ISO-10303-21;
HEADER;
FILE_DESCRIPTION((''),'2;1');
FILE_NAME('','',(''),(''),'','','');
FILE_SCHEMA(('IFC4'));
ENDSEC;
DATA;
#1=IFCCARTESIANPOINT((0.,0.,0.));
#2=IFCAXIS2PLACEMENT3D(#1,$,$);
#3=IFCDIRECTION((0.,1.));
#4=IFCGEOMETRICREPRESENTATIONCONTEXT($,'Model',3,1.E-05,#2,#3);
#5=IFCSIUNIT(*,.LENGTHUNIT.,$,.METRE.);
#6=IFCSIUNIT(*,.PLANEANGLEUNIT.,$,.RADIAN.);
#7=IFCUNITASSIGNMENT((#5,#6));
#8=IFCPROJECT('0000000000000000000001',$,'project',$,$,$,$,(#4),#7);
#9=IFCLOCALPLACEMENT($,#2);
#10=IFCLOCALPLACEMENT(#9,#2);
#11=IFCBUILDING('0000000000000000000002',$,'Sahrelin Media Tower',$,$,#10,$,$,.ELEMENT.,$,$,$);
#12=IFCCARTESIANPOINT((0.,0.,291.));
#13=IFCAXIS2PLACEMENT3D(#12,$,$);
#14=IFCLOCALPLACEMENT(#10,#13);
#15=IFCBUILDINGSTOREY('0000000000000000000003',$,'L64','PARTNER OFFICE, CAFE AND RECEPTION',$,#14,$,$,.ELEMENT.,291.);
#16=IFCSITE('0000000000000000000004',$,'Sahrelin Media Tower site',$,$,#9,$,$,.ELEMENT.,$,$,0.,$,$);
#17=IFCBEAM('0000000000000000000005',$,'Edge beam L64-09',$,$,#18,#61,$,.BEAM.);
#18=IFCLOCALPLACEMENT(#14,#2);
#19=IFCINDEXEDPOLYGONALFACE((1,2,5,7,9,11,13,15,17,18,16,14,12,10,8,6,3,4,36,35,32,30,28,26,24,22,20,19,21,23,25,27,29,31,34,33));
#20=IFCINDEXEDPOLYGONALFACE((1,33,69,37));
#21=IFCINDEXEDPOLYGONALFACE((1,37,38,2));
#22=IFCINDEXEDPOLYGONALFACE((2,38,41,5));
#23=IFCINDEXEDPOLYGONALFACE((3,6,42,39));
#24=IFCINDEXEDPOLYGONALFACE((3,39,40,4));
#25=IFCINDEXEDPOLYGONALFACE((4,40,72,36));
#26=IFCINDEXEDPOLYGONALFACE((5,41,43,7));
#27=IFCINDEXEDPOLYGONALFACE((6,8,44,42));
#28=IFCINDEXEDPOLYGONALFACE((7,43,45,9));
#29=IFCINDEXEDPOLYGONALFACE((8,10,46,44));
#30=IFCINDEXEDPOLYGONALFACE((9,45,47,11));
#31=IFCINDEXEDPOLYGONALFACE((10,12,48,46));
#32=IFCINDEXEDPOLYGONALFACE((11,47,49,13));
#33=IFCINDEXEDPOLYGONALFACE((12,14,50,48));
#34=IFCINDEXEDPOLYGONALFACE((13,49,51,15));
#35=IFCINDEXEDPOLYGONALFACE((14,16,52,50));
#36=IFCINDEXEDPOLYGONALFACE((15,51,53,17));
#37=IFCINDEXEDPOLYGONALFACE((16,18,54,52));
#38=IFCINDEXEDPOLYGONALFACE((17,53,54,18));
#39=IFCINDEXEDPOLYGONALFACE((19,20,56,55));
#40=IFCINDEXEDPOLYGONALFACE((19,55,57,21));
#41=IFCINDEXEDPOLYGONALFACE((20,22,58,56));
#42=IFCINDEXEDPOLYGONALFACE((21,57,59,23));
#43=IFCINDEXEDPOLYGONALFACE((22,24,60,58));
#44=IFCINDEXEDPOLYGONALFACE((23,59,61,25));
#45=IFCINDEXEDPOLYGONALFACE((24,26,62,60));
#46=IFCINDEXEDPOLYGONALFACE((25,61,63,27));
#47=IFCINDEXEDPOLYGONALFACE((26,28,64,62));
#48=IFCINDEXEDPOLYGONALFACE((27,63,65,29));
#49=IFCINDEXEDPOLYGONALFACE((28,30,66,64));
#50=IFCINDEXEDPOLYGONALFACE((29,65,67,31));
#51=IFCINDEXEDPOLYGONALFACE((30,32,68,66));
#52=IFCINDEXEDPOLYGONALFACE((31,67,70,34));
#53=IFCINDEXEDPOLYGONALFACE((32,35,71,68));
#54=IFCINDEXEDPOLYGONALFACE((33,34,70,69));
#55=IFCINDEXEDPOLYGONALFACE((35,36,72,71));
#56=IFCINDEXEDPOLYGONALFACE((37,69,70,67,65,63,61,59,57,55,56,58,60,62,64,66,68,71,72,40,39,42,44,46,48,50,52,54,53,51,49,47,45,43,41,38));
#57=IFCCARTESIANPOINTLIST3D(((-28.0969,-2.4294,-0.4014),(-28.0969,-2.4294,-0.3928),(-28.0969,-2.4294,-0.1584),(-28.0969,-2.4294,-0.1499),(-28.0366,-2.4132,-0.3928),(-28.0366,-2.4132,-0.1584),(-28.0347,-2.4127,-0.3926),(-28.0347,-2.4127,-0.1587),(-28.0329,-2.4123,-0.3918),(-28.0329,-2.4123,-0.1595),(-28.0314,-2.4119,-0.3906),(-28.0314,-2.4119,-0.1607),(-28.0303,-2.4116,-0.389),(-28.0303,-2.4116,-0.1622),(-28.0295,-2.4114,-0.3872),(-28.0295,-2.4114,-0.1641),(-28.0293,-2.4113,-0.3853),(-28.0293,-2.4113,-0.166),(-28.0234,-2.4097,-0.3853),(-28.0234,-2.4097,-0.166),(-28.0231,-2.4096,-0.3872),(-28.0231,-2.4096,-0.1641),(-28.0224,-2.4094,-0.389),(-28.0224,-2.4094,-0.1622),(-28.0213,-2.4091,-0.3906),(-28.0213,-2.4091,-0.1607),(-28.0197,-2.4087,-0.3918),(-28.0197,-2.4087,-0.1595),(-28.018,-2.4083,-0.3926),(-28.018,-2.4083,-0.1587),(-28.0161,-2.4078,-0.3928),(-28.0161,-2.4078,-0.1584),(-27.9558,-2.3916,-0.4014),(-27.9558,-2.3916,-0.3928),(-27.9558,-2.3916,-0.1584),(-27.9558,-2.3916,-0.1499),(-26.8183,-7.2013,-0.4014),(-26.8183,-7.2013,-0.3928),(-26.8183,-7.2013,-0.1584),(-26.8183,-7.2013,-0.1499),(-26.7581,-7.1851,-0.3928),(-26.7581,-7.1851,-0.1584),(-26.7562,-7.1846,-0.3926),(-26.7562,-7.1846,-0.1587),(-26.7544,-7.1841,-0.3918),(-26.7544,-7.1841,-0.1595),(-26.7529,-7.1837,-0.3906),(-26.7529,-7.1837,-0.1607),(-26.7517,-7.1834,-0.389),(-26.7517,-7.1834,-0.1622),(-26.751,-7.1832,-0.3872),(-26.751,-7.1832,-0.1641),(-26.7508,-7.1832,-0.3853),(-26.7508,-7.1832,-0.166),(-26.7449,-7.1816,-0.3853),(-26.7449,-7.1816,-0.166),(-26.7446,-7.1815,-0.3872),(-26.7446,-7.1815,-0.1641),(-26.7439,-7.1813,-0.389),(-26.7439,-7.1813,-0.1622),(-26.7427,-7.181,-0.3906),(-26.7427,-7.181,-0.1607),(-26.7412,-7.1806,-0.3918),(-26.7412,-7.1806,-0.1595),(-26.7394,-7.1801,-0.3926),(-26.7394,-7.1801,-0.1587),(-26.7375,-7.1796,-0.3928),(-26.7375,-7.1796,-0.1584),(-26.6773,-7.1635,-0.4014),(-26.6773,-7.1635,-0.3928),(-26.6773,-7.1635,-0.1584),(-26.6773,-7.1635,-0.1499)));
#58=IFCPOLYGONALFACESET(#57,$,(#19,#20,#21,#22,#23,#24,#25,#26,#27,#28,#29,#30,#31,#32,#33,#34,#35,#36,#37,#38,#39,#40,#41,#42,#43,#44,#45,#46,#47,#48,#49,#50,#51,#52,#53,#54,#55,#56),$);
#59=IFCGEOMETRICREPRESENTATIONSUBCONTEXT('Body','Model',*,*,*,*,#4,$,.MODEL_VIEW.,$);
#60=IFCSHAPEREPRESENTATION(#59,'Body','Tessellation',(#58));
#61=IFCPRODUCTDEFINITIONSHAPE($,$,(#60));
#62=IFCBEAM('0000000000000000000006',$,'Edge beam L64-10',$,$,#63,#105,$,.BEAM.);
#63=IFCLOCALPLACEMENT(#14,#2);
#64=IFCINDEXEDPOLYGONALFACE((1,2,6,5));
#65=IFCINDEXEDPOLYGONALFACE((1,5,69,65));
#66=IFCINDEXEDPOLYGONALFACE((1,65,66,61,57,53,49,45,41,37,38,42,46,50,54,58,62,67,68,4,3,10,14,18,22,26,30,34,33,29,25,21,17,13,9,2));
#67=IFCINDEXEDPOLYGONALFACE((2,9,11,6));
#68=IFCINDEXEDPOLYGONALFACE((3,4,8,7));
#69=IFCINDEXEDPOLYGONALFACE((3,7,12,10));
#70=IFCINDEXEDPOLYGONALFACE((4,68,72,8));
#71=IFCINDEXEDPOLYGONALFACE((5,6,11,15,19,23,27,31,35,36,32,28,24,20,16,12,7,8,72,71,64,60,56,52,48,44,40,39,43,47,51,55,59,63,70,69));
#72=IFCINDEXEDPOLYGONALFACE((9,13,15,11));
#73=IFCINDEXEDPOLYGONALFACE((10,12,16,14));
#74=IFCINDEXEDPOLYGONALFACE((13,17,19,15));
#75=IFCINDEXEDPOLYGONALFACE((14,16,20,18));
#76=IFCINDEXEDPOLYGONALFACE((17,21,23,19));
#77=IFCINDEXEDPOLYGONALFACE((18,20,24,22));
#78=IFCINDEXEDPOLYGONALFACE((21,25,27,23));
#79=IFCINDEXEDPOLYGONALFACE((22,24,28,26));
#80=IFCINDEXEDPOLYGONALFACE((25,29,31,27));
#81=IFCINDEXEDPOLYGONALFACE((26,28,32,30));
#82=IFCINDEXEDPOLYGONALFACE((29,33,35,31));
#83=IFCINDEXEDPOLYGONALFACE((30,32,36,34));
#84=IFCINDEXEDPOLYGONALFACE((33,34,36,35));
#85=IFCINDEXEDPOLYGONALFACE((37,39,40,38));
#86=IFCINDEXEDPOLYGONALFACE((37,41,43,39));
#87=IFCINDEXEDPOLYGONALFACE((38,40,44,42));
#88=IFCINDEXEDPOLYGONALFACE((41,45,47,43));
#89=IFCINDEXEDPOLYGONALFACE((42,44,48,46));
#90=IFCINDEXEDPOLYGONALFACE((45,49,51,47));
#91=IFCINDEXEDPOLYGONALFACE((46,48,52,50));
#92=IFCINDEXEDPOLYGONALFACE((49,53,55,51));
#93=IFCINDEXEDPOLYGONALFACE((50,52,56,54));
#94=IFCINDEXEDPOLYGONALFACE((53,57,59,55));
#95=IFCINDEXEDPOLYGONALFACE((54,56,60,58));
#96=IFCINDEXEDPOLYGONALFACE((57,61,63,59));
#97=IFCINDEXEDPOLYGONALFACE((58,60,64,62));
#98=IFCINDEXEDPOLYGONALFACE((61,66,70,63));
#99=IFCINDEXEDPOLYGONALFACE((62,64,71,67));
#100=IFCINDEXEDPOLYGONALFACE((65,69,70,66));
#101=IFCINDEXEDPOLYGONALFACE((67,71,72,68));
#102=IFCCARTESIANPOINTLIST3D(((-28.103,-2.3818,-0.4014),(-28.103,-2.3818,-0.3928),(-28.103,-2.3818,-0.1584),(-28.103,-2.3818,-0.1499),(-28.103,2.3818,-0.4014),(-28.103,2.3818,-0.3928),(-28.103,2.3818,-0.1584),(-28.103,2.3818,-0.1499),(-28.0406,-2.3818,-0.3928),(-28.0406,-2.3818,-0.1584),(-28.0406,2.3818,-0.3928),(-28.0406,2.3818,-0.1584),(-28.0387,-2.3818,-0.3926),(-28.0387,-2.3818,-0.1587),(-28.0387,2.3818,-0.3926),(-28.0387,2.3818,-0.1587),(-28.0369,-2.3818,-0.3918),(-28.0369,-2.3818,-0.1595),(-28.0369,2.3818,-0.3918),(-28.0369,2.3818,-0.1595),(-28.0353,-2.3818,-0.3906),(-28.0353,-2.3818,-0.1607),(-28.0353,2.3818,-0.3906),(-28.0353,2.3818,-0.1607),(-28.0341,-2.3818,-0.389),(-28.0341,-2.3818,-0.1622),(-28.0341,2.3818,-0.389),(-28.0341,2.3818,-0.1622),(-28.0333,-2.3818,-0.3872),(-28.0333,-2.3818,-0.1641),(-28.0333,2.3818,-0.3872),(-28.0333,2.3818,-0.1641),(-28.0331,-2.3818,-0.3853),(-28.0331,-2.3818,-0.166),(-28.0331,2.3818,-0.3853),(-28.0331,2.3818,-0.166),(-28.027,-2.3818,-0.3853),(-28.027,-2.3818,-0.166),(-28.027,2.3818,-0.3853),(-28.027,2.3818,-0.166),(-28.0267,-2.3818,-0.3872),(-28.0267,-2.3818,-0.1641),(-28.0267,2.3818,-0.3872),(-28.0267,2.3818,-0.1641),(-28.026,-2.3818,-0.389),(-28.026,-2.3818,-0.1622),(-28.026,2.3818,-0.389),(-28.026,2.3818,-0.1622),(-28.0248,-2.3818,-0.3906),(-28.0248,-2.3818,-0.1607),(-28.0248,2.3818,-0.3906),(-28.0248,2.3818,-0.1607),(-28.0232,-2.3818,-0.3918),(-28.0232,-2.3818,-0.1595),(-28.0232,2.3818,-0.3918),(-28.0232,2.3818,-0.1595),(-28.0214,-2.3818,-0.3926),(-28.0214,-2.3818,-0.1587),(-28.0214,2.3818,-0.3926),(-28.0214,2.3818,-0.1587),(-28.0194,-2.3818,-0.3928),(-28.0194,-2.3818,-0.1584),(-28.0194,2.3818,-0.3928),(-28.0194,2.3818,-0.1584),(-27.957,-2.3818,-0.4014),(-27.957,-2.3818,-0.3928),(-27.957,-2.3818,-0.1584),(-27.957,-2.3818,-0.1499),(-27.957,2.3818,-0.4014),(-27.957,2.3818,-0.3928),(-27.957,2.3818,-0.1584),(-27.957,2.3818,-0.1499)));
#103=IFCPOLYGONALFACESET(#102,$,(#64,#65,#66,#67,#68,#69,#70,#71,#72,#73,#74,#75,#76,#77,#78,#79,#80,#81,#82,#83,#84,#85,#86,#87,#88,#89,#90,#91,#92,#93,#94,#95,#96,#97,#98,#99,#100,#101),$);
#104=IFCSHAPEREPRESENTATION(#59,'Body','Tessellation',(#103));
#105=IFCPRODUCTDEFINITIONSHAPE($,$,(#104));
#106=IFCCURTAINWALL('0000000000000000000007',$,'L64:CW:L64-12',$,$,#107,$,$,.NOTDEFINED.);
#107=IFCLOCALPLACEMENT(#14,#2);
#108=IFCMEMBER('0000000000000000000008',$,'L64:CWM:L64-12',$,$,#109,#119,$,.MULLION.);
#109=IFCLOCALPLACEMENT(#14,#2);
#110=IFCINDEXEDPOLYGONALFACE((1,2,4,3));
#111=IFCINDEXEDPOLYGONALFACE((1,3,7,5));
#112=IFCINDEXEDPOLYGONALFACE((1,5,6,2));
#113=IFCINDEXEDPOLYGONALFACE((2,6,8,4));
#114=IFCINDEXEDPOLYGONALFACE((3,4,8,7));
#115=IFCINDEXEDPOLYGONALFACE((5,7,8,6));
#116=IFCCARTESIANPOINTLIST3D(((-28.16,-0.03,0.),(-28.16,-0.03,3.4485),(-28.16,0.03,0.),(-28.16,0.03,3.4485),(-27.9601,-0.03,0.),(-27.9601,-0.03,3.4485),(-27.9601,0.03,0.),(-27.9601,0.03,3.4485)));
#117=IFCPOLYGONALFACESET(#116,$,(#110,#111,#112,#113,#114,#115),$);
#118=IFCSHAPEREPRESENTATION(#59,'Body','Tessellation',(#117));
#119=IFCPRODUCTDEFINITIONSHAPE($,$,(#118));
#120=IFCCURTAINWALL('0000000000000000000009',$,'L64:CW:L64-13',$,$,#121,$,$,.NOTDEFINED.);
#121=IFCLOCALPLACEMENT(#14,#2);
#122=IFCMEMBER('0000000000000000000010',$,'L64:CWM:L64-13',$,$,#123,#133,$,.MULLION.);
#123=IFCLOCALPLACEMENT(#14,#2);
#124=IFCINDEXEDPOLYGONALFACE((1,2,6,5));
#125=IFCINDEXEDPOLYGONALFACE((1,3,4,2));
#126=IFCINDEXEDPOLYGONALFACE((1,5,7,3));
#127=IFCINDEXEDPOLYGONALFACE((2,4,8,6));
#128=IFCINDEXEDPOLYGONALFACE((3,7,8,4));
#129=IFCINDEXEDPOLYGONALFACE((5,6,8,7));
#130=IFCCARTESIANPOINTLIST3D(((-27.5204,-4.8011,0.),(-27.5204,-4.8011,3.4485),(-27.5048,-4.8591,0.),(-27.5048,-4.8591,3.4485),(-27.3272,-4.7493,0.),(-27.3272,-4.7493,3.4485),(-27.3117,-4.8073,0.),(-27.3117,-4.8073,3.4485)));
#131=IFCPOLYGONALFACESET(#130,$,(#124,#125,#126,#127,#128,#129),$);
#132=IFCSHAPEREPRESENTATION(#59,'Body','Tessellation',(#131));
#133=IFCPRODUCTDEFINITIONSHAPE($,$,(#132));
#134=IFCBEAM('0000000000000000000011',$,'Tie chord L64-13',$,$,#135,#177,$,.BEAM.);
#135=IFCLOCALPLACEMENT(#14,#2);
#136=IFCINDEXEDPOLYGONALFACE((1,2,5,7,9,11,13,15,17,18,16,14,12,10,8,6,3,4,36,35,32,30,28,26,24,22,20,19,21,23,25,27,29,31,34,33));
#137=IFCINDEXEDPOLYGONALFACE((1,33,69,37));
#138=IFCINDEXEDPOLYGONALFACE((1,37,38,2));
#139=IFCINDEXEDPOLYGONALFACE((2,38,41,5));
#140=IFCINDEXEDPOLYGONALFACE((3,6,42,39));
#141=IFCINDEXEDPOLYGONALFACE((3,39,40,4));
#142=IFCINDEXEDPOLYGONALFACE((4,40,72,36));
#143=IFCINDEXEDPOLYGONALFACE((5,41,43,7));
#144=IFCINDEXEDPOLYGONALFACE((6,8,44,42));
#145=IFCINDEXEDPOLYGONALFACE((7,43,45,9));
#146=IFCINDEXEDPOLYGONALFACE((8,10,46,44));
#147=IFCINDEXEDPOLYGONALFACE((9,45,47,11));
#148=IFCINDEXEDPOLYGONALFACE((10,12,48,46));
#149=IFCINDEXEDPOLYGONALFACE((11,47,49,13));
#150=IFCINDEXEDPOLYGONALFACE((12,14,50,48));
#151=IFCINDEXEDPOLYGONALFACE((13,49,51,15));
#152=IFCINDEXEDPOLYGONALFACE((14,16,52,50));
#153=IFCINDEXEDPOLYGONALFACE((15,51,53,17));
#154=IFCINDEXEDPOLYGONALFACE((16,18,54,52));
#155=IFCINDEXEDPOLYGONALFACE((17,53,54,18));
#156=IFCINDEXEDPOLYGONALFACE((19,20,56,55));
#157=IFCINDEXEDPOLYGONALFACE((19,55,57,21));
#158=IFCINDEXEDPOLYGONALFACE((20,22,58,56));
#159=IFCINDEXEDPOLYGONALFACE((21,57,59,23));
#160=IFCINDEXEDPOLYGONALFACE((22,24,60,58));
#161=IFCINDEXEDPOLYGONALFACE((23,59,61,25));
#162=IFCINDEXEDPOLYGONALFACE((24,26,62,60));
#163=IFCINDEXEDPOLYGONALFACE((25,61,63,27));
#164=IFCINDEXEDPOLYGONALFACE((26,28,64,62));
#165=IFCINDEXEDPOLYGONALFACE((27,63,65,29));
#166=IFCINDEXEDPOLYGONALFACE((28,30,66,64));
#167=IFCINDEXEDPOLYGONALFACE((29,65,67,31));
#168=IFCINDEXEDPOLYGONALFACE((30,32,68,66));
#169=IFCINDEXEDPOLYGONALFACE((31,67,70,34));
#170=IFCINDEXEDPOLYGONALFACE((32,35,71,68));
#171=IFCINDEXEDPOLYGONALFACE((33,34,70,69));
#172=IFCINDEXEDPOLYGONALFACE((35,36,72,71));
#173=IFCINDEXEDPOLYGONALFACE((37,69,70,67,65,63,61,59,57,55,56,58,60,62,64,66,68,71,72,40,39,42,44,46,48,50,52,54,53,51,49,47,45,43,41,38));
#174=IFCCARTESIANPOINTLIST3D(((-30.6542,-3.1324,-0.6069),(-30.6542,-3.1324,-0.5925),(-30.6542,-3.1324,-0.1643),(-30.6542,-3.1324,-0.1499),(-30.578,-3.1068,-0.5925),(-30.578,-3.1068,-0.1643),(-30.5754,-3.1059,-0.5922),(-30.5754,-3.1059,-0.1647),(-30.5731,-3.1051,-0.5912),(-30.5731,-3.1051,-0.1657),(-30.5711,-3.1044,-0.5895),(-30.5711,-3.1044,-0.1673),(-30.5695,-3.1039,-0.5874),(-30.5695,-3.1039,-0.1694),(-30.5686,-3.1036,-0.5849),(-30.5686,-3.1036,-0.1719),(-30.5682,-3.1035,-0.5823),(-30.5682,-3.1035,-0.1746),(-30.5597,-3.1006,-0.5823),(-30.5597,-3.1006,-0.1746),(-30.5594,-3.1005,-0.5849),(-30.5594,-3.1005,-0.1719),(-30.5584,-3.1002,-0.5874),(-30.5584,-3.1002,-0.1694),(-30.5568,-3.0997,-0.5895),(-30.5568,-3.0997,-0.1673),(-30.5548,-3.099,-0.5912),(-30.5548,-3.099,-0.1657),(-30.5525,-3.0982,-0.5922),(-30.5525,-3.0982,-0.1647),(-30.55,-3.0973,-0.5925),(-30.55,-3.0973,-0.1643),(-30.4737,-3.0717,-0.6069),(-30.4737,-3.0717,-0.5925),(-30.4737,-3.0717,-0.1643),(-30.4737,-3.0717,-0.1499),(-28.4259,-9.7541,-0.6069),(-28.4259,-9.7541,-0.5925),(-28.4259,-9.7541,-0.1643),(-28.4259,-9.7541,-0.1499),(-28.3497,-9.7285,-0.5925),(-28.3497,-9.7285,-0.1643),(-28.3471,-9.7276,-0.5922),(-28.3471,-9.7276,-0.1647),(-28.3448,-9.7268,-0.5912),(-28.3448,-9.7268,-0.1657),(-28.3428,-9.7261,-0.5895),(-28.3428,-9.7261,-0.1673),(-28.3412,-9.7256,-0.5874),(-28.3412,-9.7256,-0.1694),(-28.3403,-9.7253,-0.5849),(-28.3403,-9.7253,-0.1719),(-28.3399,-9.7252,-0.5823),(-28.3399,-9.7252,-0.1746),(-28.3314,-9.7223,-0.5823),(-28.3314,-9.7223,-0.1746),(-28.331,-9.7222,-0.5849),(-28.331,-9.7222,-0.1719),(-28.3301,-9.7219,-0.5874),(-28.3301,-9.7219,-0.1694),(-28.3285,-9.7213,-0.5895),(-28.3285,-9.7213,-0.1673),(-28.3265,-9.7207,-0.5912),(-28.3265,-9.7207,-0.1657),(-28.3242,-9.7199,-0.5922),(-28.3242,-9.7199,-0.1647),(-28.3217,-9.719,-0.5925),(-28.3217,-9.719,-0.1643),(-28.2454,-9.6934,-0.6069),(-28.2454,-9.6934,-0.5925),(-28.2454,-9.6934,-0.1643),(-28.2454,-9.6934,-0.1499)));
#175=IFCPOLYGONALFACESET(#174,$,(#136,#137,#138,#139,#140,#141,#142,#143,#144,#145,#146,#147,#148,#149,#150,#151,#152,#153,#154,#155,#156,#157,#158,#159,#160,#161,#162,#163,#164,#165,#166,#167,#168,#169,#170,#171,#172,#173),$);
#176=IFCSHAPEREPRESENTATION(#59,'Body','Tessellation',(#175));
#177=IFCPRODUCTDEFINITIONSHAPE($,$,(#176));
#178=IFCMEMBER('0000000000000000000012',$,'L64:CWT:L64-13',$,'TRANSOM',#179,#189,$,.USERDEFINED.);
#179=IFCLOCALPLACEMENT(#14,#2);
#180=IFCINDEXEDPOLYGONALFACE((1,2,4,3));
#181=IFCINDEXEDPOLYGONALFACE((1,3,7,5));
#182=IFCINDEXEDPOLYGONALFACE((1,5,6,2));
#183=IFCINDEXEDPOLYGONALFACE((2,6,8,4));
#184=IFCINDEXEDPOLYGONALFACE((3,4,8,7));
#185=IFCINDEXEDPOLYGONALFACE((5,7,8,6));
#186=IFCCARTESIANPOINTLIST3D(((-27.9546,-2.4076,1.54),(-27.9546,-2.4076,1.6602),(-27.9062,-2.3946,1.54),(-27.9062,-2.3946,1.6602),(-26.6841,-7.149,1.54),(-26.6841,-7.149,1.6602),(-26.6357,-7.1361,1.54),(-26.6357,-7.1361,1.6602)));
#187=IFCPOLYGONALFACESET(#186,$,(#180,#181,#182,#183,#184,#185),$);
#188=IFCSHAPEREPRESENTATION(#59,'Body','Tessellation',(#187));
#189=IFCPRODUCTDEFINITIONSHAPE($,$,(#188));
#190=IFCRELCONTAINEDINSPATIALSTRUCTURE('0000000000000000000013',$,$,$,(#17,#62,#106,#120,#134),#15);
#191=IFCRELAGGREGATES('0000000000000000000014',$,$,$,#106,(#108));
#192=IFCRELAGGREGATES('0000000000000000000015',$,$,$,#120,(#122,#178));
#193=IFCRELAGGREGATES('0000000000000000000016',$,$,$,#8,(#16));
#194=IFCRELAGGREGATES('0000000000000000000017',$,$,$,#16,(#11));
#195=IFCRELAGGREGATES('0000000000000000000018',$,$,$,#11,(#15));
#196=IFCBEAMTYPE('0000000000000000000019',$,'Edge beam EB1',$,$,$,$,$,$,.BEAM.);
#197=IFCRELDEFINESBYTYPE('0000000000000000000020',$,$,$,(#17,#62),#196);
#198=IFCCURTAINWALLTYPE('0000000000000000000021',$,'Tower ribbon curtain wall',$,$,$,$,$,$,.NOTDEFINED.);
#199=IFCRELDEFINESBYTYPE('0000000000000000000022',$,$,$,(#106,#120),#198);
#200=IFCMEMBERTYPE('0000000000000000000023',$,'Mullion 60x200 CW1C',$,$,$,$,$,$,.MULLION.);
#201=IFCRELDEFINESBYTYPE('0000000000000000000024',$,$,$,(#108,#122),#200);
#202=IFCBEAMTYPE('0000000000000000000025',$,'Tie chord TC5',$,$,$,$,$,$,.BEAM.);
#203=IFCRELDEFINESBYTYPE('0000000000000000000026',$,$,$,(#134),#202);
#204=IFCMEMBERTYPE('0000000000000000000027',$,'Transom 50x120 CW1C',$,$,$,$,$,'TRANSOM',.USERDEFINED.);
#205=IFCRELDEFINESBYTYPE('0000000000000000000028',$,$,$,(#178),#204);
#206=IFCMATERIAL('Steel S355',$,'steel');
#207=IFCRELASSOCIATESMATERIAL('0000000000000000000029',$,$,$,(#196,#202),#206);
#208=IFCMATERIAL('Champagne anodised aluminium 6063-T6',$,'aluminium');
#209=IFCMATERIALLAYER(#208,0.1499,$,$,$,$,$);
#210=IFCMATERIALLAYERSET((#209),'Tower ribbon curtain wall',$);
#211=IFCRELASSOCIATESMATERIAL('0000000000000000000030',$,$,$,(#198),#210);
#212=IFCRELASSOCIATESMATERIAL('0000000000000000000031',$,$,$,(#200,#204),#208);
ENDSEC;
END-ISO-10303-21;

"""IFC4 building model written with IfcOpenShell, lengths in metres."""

from ifc_helpers import new_model, si_unit, direction, frame, origin, origin_2d, place, context, subcontext, project, spatial, rectangle, i_section, extrude, material, layer, layer_set, material_profile, profile_set, type_object, element, aggregate, save


model = new_model("IFC4")

# Units and contexts
model_context = context("Model", 3, precision=1e-05, world=origin(), true_north=direction((0.0, 1.0)))
body_context = subcontext(model_context, "Body", "Model", "MODEL_VIEW")
ifc_project = project(units=[si_unit("LENGTHUNIT", "METRE"), si_unit("PLANEANGLEUNIT", "RADIAN")], contexts=[model_context])

# Site, building, storey
site_placement = place(None, origin())
site = spatial("IfcSite", under=ifc_project, at=site_placement, Name="Sahrelin Media Tower site", CompositionType="ELEMENT", RefElevation=0.0)
building_placement = place(site_placement, origin())
building = spatial("IfcBuilding", under=site, at=building_placement, Name="Sahrelin Media Tower", CompositionType="ELEMENT")
storey_placement = place(building_placement, frame((0.0, 0.0, 291.0)))
storey = spatial("IfcBuildingStorey", under=building, at=storey_placement, Name="L64", Description="PARTNER OFFICE, CAFE AND RECEPTION", CompositionType="ELEMENT", Elevation=291.0)

# Beams
ifc_material_1 = material(Name="Steel S355", Category="steel")
ifc_material_profile_1 = material_profile(ifc_material_1, i_section(OverallWidth=0.146, OverallDepth=0.2515, WebThickness=0.0061, FlangeThickness=0.0085, FilletRadius=0.0076, at=origin_2d()), Name="UB 254x146x31")
ifc_profile_set_1 = profile_set([ifc_material_profile_1], Name="Steel S355")
beam_type_1 = type_object("IfcBeamType", Name="Edge beam EB1", PredefinedType="BEAM", material=ifc_profile_set_1)
beam_1_placement = place(storey_placement, frame((-26.7478, -7.1824, -0.2756), z_axis=(-0.258804, 0.96593, 0.0), x_axis=(-0.96593, -0.258804, 0.0)))
element("IfcBeam", 1, at=beam_1_placement, inside=storey, type_object=beam_type_1, Name="Edge beam L64-09", PredefinedType="BEAM", context=body_context, shape_type="SweptSolid", body=[
    extrude(i_section(OverallWidth=0.146, OverallDepth=0.2515, WebThickness=0.0061, FlangeThickness=0.0085, FilletRadius=0.0076, at=origin_2d()), origin(), (0.0, 0.0, 1.0), 4.9402),
])
beam_2_placement = place(storey_placement, frame((-28.03, -2.3818, -0.2756), z_axis=(0.0, 1.0, 0.0), x_axis=(-1.0, 0.0, 0.0)))
element("IfcBeam", 2, at=beam_2_placement, inside=storey, type_object=beam_type_1, Name="Edge beam L64-10", PredefinedType="BEAM", context=body_context, shape_type="SweptSolid", body=[
    extrude(i_section(OverallWidth=0.146, OverallDepth=0.2515, WebThickness=0.0061, FlangeThickness=0.0085, FilletRadius=0.0076, at=origin_2d()), origin(), (0.0, 0.0, 1.0), 4.7637),
])

# Curtain walls, members
ifc_material_2 = material(Name="Champagne anodised aluminium 6063-T6", Category="aluminium")
ifc_layer_1 = layer(ifc_material_2, 0.1499)
ifc_layer_set_1 = layer_set([ifc_layer_1], Name="Tower ribbon curtain wall")
curtain_wall_type = type_object("IfcCurtainWallType", Name="Tower ribbon curtain wall", PredefinedType="NOTDEFINED", material=ifc_layer_set_1)
curtain_wall_1_placement = place(storey_placement, frame((-28.1802, 0.0, 0.0), z_axis=(0.0, 0.0, 1.0), x_axis=(1.0, 0.0, 0.0)))
curtain_wall_1 = element("IfcCurtainWall", 3, at=curtain_wall_1_placement, inside=storey, type_object=curtain_wall_type, Name="L64:CW:L64-12", PredefinedType="NOTDEFINED")
ifc_material_profile_2 = material_profile(ifc_material_2, rectangle(XDim=0.0601, YDim=0.2, at=origin_2d()), Name="Mullion 60x200")
ifc_profile_set_2 = profile_set([ifc_material_profile_2], Name="Champagne anodised aluminium 6063-T6")
member_type_1 = type_object("IfcMemberType", Name="Mullion 60x200 CW1C", PredefinedType="MULLION", material=ifc_profile_set_2)
member_1_placement = place(storey_placement, frame((-28.0601, 0.0, 0.0), z_axis=(0.0, 0.0, 1.0), x_axis=(0.0, -1.0, 0.0)))
member_1 = element("IfcMember", 4, at=member_1_placement, type_object=member_type_1, Name="L64:CWM:L64-12", PredefinedType="MULLION", context=body_context, shape_type="SweptSolid", body=[
    extrude(rectangle(XDim=0.0601, YDim=0.2, at=origin_2d()), origin(), (0.0, 0.0, 1.0), 3.4485),
])
aggregate(curtain_wall_1, [member_1])
curtain_wall_2_placement = place(storey_placement, frame((-27.532, -4.8352, 0.0), z_axis=(0.0, 0.0, 1.0), x_axis=(1.0, 0.0, 0.0)))
curtain_wall_2 = element("IfcCurtainWall", 5, at=curtain_wall_2_placement, inside=storey, type_object=curtain_wall_type, Name="L64:CW:L64-13", PredefinedType="NOTDEFINED")
member_2_placement = place(storey_placement, frame((-27.416, -4.8042, 0.0), z_axis=(0.0, 0.0, 1.0), x_axis=(0.258826, -0.965924, 0.0)))
member_2 = element("IfcMember", 6, at=member_2_placement, type_object=member_type_1, Name="L64:CWM:L64-13", PredefinedType="MULLION", context=body_context, shape_type="SweptSolid", body=[
    extrude(rectangle(XDim=0.0601, YDim=0.2, at=origin_2d()), origin(), (0.0, 0.0, 1.0), 3.4485),
])

# Beam
ifc_material_profile_3 = material_profile(ifc_material_1, i_section(OverallWidth=0.1904, OverallDepth=0.457, WebThickness=0.009, FlangeThickness=0.0144, FilletRadius=0.0103, at=origin_2d()), Name="UB 457x191x74")
ifc_profile_set_3 = profile_set([ifc_material_profile_3], Name="Steel S355")
beam_type_2 = type_object("IfcBeamType", Name="Tie chord TC5", PredefinedType="BEAM", material=ifc_profile_set_3)
beam_3_placement = place(storey_placement, frame((-30.564, -3.1021, -0.3784), z_axis=(0.318942, -0.947774, 0.0), x_axis=(0.947774, 0.318942, 0.0)))
element("IfcBeam", 7, at=beam_3_placement, inside=storey, type_object=beam_type_2, Name="Tie chord L64-13", PredefinedType="BEAM", context=body_context, shape_type="SweptSolid", body=[
    extrude(i_section(OverallWidth=0.1904, OverallDepth=0.457, WebThickness=0.009, FlangeThickness=0.0144, FilletRadius=0.0103, at=origin_2d()), origin(), (0.0, 0.0, 1.0), 6.9866),
])

# Member
ifc_material_profile_4 = material_profile(ifc_material_2, rectangle(XDim=0.05, YDim=0.1201, at=origin_2d()), Name="Transom 50x120")
ifc_profile_set_4 = profile_set([ifc_material_profile_4], Name="Champagne anodised aluminium 6063-T6")
member_type_2 = type_object("IfcMemberType", Name="Transom 50x120 CW1C", ElementType="TRANSOM", PredefinedType="USERDEFINED", material=ifc_profile_set_4)
member_3_placement = place(storey_placement, frame((-27.9304, -2.4011, 1.6001), z_axis=(0.258826, -0.965924, 0.0), x_axis=(0.965924, 0.258826, 0.0)))
member_3 = element("IfcMember", 8, at=member_3_placement, type_object=member_type_2, Name="L64:CWT:L64-13", ObjectType="TRANSOM", PredefinedType="USERDEFINED", context=body_context, shape_type="SweptSolid", body=[
    extrude(rectangle(XDim=0.05, YDim=0.1201, at=origin_2d()), origin(), (0.0, 0.0, 1.0), 4.9087),
])

aggregate(curtain_wall_2, [member_2, member_3])

save(model, "model.ifc")
